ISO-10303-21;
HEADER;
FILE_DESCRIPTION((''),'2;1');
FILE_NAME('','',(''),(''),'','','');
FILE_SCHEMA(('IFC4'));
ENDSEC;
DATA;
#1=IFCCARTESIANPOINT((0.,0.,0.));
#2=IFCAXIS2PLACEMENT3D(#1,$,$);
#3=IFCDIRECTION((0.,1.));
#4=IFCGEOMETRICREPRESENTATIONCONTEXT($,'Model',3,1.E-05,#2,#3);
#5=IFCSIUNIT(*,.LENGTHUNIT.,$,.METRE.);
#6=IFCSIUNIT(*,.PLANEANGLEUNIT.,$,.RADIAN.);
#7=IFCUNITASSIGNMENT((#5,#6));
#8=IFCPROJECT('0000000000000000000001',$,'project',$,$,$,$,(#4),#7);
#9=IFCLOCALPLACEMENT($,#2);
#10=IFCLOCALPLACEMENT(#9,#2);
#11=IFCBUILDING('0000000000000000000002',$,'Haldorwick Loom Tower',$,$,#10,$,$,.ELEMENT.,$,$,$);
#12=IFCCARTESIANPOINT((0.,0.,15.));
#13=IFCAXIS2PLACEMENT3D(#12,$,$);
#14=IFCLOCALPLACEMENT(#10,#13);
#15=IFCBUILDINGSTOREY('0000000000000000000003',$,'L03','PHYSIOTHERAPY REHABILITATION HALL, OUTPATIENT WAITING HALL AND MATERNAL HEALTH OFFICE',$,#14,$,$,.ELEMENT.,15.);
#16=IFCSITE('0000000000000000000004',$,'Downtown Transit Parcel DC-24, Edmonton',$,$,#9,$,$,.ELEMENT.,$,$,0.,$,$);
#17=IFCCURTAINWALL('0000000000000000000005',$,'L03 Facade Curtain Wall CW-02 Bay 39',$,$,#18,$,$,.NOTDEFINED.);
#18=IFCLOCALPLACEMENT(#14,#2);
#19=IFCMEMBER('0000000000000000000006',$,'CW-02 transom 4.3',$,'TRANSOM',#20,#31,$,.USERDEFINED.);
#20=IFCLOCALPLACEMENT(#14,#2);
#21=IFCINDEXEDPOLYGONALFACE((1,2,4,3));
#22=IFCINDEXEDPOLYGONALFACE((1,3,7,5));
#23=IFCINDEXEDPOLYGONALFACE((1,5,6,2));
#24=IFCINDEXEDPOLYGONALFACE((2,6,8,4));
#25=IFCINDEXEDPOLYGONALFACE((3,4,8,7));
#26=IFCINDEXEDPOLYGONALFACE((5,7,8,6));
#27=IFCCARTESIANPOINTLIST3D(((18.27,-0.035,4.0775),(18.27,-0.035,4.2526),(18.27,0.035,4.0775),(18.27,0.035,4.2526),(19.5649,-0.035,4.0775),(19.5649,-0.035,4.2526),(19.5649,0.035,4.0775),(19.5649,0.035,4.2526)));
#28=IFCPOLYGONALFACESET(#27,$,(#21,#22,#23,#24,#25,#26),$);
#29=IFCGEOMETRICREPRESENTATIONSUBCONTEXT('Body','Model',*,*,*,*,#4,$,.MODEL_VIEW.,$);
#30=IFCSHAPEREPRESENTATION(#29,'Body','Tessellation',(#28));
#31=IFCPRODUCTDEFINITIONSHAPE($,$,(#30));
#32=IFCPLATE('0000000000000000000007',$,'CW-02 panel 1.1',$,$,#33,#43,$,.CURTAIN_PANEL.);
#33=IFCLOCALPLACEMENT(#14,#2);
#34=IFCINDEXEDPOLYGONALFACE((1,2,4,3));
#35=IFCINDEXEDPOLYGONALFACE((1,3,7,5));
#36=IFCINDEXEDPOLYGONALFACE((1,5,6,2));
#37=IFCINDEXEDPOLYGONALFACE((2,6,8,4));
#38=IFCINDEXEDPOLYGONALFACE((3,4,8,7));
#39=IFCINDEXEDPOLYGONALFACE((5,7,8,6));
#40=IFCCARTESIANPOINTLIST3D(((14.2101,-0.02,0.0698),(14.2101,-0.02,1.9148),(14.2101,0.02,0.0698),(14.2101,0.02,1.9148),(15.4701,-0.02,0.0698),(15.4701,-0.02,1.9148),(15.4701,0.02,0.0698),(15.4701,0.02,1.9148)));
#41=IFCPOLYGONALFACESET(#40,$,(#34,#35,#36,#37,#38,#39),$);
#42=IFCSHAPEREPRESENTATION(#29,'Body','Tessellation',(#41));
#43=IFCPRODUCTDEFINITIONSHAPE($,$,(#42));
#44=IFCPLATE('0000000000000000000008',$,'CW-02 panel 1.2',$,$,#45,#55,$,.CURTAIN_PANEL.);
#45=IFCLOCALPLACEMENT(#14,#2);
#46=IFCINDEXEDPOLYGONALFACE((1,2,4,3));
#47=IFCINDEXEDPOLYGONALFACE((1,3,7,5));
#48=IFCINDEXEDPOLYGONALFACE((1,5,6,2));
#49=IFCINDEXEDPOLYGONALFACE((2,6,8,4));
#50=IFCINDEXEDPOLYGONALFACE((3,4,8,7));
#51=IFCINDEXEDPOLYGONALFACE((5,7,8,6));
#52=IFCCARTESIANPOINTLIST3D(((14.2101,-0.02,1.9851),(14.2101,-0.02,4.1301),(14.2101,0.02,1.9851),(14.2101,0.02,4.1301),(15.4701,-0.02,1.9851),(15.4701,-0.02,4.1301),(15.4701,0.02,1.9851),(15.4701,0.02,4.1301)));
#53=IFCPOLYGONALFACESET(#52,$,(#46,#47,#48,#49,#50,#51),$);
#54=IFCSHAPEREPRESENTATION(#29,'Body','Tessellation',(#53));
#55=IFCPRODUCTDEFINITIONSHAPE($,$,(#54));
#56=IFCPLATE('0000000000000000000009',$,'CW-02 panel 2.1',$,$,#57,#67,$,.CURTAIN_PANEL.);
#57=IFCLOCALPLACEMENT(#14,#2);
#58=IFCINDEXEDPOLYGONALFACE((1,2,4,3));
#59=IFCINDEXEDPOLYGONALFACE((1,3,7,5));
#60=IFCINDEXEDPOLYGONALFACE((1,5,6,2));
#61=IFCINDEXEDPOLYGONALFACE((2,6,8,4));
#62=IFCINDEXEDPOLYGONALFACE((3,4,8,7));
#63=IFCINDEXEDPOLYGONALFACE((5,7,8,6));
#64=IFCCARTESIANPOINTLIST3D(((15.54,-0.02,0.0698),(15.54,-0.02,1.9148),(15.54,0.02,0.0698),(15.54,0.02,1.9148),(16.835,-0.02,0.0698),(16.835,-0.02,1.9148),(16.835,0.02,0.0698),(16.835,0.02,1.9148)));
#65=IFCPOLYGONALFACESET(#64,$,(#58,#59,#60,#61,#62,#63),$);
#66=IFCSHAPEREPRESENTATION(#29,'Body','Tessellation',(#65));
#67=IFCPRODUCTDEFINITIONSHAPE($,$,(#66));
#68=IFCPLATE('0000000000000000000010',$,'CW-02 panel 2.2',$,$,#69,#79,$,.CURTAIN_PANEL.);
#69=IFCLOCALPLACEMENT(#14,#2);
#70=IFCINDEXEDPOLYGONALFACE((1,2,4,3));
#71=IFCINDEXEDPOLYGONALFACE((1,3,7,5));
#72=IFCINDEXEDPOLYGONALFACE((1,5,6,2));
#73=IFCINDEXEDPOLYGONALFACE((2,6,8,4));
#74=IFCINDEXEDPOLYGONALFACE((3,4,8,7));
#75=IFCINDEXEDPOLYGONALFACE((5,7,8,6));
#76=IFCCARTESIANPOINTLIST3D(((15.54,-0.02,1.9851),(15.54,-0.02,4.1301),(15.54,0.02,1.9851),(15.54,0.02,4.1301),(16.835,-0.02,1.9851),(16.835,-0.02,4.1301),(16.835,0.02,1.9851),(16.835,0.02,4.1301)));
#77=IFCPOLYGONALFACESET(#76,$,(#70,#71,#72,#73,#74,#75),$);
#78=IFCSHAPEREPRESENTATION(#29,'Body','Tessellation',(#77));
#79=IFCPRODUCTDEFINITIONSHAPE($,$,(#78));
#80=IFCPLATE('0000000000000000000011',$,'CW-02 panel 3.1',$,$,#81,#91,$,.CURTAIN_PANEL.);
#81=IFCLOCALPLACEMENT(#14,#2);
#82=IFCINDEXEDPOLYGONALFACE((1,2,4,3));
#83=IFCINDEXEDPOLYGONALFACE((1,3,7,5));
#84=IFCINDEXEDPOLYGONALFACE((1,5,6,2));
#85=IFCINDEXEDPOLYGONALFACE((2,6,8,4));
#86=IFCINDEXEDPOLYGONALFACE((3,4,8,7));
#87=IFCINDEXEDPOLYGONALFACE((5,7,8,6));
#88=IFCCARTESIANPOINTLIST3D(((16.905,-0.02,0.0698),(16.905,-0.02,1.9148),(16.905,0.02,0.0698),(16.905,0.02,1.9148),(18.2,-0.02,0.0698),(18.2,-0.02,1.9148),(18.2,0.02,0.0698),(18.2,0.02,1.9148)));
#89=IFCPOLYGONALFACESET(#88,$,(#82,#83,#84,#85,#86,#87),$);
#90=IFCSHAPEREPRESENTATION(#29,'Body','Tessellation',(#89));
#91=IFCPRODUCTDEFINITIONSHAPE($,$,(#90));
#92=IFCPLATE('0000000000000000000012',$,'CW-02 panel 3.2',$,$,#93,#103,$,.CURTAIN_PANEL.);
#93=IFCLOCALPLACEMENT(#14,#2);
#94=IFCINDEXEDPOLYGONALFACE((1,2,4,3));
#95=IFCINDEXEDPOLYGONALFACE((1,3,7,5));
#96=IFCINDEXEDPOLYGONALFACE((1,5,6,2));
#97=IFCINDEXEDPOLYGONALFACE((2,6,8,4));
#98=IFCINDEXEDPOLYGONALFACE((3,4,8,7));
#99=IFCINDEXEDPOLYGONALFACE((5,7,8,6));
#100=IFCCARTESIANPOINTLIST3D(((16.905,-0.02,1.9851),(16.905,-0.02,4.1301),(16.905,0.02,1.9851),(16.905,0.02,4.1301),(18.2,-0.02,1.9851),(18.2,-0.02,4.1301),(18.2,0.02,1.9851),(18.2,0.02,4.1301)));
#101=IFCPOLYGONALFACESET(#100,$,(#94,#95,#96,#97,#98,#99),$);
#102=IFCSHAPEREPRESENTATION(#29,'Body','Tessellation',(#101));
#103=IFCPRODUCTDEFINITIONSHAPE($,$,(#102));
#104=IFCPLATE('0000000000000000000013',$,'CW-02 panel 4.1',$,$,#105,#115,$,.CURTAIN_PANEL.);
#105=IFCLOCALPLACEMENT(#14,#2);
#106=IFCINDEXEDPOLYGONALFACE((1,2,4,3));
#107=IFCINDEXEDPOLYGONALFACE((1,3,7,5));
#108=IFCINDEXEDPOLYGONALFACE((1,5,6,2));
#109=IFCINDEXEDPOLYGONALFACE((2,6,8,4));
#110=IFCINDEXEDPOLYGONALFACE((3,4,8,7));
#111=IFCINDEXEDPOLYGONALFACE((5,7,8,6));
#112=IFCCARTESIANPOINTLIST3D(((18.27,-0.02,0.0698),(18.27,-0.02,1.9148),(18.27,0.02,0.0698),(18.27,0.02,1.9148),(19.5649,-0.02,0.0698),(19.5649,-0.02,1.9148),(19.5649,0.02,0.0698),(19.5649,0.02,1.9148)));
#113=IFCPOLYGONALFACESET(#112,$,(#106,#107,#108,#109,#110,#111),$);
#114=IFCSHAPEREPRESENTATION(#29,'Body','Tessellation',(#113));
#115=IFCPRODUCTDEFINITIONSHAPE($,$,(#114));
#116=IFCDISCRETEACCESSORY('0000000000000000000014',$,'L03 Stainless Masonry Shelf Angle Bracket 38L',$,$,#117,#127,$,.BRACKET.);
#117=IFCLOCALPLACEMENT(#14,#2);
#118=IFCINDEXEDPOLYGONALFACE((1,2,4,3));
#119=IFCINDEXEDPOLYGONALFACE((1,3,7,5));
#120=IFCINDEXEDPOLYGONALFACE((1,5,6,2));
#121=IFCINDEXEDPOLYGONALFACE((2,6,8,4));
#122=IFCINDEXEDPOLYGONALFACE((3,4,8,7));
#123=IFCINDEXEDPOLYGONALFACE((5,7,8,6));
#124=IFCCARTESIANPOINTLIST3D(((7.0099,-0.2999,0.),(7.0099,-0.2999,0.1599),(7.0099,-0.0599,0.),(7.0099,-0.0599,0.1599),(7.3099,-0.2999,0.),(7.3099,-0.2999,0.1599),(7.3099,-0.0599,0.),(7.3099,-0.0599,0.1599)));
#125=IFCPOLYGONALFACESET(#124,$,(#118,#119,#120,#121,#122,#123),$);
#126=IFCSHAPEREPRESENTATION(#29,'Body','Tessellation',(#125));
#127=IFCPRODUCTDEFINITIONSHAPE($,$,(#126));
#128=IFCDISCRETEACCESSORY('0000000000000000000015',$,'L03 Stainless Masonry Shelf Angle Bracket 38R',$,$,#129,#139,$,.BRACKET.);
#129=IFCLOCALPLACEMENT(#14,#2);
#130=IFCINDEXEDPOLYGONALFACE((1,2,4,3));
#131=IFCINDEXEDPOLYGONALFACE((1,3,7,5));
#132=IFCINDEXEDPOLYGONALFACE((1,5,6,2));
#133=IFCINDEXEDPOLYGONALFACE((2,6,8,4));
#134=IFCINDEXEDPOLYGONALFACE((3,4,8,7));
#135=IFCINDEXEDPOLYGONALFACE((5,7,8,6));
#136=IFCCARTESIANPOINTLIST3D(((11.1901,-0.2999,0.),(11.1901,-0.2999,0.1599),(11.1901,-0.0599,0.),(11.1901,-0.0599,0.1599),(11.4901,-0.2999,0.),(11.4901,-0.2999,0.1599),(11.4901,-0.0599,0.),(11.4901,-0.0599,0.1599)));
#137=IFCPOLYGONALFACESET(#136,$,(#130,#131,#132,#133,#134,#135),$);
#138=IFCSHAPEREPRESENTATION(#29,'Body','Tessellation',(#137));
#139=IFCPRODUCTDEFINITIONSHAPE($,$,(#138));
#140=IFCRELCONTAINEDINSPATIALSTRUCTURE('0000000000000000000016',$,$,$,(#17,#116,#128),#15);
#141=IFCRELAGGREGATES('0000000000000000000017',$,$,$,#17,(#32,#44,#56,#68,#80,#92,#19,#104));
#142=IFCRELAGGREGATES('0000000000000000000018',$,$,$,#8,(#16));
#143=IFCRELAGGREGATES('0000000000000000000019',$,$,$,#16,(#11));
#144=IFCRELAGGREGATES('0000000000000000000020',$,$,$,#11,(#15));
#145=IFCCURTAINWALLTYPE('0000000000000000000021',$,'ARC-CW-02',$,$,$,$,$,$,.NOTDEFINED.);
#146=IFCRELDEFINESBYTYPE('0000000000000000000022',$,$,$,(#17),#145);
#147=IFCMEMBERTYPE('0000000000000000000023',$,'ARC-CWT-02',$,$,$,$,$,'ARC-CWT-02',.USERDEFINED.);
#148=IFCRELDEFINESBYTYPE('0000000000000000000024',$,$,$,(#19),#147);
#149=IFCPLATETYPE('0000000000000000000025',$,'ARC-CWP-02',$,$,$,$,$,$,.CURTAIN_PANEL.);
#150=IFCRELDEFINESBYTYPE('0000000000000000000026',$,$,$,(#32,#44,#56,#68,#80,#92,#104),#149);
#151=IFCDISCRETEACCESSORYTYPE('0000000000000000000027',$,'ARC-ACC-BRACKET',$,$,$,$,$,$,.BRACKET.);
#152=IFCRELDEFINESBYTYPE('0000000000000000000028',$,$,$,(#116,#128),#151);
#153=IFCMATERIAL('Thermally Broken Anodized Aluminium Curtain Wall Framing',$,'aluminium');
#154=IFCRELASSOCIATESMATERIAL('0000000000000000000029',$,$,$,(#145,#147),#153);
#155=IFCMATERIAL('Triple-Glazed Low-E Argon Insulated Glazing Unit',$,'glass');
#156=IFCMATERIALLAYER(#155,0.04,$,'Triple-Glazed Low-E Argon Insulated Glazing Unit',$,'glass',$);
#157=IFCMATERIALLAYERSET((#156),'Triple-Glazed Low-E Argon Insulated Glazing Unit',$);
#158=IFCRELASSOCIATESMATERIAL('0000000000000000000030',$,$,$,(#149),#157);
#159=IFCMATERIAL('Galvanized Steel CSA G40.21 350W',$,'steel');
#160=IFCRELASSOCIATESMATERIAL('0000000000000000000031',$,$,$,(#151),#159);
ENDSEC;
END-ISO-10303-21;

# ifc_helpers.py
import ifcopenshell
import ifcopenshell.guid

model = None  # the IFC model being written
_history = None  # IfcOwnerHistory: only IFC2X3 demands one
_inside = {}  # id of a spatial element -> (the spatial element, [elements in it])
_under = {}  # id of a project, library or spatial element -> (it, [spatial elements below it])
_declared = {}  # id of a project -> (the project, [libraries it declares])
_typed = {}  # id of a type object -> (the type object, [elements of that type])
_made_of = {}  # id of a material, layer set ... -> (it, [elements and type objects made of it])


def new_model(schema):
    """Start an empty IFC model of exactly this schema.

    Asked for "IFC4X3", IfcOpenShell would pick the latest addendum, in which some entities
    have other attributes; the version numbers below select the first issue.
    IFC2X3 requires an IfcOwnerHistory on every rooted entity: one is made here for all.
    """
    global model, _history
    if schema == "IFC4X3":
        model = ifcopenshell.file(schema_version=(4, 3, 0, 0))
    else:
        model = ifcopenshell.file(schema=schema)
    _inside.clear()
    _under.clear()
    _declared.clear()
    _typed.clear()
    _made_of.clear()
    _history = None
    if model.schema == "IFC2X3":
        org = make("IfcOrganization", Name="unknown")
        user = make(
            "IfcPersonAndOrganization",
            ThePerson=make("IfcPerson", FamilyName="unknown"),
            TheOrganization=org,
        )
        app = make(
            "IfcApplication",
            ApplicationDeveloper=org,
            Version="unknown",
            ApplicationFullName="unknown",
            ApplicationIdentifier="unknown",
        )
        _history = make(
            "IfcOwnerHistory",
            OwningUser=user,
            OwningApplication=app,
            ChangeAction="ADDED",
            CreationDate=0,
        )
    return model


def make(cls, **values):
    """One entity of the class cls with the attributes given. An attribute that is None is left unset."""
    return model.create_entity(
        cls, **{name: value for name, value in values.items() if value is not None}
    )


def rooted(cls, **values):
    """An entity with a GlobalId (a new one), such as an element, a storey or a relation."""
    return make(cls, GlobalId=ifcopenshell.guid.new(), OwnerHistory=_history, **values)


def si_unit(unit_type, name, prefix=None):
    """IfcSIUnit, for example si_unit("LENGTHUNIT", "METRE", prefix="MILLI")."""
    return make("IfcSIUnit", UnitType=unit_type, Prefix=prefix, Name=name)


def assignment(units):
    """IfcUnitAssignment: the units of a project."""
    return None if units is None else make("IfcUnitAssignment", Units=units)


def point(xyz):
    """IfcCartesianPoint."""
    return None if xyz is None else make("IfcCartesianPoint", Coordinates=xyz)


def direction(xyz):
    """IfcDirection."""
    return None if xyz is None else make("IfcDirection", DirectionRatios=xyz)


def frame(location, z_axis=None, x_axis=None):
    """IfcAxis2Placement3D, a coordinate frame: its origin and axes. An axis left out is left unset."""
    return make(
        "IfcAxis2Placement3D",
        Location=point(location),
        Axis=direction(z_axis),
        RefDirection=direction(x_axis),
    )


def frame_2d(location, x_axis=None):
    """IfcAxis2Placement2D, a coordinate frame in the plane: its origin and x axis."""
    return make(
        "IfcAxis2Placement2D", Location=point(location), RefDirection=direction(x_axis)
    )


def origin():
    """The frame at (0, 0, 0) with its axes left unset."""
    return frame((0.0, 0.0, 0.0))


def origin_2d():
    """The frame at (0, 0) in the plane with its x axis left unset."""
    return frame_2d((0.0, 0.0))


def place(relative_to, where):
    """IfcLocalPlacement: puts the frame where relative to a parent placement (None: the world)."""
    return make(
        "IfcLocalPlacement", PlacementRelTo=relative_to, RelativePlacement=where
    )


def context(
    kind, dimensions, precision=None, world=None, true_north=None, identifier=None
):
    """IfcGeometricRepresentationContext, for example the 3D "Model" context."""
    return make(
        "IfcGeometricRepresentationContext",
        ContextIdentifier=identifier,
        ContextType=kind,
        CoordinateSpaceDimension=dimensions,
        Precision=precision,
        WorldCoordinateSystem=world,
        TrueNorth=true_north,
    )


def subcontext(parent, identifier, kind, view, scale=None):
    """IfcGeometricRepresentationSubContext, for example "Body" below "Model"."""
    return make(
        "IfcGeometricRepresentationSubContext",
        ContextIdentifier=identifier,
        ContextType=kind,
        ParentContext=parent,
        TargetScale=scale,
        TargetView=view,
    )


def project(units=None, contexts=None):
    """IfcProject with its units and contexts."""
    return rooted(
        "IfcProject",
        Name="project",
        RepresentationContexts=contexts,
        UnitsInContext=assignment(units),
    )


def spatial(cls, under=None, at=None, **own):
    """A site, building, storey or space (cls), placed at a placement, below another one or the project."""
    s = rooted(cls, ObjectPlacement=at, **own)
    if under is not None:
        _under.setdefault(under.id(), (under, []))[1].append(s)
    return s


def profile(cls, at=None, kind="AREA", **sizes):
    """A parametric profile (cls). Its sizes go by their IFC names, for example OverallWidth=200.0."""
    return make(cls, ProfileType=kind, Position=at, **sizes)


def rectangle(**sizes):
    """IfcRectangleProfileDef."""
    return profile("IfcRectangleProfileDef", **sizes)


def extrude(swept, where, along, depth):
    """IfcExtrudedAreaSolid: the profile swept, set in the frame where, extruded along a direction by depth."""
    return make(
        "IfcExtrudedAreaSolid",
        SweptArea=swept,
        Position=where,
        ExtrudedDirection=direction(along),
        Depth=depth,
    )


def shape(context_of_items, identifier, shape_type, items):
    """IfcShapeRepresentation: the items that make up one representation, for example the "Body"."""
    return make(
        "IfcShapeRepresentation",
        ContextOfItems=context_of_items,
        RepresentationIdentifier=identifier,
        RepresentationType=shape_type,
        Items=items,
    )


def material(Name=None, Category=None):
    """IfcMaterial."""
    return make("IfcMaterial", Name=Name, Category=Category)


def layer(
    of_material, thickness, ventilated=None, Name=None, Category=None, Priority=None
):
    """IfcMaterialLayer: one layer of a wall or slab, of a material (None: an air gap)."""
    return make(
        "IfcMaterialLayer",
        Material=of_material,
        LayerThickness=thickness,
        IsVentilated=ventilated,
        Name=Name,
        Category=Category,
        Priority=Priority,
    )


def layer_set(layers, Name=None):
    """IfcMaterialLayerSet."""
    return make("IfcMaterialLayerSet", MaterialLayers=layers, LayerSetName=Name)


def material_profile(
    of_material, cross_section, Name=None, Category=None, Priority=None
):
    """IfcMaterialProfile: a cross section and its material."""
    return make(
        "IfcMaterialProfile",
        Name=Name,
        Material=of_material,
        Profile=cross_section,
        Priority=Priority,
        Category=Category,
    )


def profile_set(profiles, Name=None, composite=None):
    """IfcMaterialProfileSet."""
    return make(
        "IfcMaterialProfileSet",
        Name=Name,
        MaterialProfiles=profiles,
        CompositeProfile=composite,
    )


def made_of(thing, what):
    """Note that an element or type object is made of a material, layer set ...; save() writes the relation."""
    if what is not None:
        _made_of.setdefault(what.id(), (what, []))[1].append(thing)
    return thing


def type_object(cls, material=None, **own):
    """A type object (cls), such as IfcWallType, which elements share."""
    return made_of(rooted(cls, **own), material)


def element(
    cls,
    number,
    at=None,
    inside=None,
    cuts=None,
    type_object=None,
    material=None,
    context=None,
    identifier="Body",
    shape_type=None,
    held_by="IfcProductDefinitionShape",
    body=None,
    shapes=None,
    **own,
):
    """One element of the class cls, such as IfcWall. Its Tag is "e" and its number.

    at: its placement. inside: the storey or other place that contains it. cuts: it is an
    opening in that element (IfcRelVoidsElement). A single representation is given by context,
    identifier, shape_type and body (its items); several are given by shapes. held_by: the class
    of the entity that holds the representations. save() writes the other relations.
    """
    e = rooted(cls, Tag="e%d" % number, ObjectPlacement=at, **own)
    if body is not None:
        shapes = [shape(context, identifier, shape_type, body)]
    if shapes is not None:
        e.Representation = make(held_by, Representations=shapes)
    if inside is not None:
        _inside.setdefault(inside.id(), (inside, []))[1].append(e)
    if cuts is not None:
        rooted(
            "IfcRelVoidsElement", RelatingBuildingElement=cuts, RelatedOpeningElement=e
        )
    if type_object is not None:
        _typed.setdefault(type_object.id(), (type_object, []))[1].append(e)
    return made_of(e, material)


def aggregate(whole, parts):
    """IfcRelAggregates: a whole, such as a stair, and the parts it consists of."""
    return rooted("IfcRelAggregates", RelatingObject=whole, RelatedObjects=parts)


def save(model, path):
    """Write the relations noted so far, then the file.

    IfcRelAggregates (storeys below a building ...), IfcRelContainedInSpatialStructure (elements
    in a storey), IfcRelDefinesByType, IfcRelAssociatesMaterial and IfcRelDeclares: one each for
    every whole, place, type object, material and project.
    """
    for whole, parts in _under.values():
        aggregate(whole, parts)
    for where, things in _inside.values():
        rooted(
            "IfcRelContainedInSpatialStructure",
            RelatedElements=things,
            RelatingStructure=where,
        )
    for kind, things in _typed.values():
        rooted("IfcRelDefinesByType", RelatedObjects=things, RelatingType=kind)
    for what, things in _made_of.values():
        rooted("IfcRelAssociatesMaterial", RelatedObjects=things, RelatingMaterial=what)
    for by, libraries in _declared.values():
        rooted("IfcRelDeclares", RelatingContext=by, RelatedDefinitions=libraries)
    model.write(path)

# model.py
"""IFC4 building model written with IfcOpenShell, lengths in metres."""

from ifc_helpers import new_model, si_unit, direction, frame, origin, origin_2d, place, context, subcontext, project, spatial, rectangle, extrude, material, layer, layer_set, material_profile, profile_set, type_object, element, aggregate, save


model = new_model("IFC4")

# Units and contexts
model_context = context("Model", 3, precision=1e-05, world=origin(), true_north=direction((0.0, 1.0)))
body_context = subcontext(model_context, "Body", "Model", "MODEL_VIEW")
ifc_project = project(units=[si_unit("LENGTHUNIT", "METRE"), si_unit("PLANEANGLEUNIT", "RADIAN")], contexts=[model_context])

# Site, building, storey
site_placement = place(None, origin())
site = spatial("IfcSite", under=ifc_project, at=site_placement, Name="Downtown Transit Parcel DC-24, Edmonton", CompositionType="ELEMENT", RefElevation=0.0)
building_placement = place(site_placement, origin())
building = spatial("IfcBuilding", under=site, at=building_placement, Name="Haldorwick Loom Tower", CompositionType="ELEMENT")
storey_placement = place(building_placement, frame((0.0, 0.0, 15.0)))
storey = spatial("IfcBuildingStorey", under=building, at=storey_placement, Name="L03", Description="PHYSIOTHERAPY REHABILITATION HALL, OUTPATIENT WAITING HALL AND MATERNAL HEALTH OFFICE", CompositionType="ELEMENT", Elevation=15.0)

# Curtain wall, member, plates
ifc_material_1 = material(Name="Thermally Broken Anodized Aluminium Curtain Wall Framing", Category="aluminium")
curtain_wall_type = type_object("IfcCurtainWallType", Name="ARC-CW-02", PredefinedType="NOTDEFINED", material=ifc_material_1)
curtain_wall_placement = place(storey_placement, origin())
curtain_wall = element("IfcCurtainWall", 1, at=curtain_wall_placement, inside=storey, type_object=curtain_wall_type, Name="L03 Facade Curtain Wall CW-02 Bay 39", PredefinedType="NOTDEFINED")
ifc_material_profile_1 = material_profile(ifc_material_1, rectangle(XDim=0.0701, YDim=0.175, at=origin_2d()), Name="ALU_TRN_70X175", Category="aluminium")
ifc_profile_set_1 = profile_set([ifc_material_profile_1], Name="Thermally Broken Anodized Aluminium Curtain Wall Framing")
member_type_1 = type_object("IfcMemberType", Name="ARC-CWT-02", ElementType="ARC-CWT-02", PredefinedType="USERDEFINED", material=ifc_profile_set_1)
member_1_placement = place(storey_placement, frame((18.27, 0.0, 4.165), z_axis=(1.0, 0.0, 0.0), x_axis=(0.0, 1.0, 0.0)))
member_1 = element("IfcMember", 2, at=member_1_placement, type_object=member_type_1, Name="CW-02 transom 4.3", ObjectType="TRANSOM", PredefinedType="USERDEFINED", context=body_context, shape_type="SweptSolid", body=[
    extrude(rectangle(XDim=0.0701, YDim=0.175, at=origin_2d()), origin(), (0.0, 0.0, 1.0), 1.2949),
])
ifc_material_2 = material(Name="Triple-Glazed Low-E Argon Insulated Glazing Unit", Category="glass")
ifc_layer = layer(ifc_material_2, 0.04, Name="Triple-Glazed Low-E Argon Insulated Glazing Unit", Category="glass")
ifc_layer_set = layer_set([ifc_layer], Name="Triple-Glazed Low-E Argon Insulated Glazing Unit")
plate_type = type_object("IfcPlateType", Name="ARC-CWP-02", PredefinedType="CURTAIN_PANEL", material=ifc_layer_set)
plate_1_placement = place(storey_placement, frame((14.8401, 0.0, 0.0698), z_axis=(0.0, 0.0, 1.0), x_axis=(1.0, 0.0, 0.0)))
plate_1 = element("IfcPlate", 3, at=plate_1_placement, type_object=plate_type, Name="CW-02 panel 1.1", PredefinedType="CURTAIN_PANEL", context=body_context, shape_type="SweptSolid", body=[
    extrude(rectangle(XDim=1.26, YDim=0.04, at=origin_2d()), origin(), (0.0, 0.0, 1.0), 1.845),
])
plate_2_placement = place(storey_placement, frame((14.8401, 0.0, 1.9851), z_axis=(0.0, 0.0, 1.0), x_axis=(1.0, 0.0, 0.0)))
plate_2 = element("IfcPlate", 4, at=plate_2_placement, type_object=plate_type, Name="CW-02 panel 1.2", PredefinedType="CURTAIN_PANEL", context=body_context, shape_type="SweptSolid", body=[
    extrude(rectangle(XDim=1.26, YDim=0.04, at=origin_2d()), origin(), (0.0, 0.0, 1.0), 2.145),
])
plate_3_placement = place(storey_placement, frame((16.1875, 0.0, 0.0698), z_axis=(0.0, 0.0, 1.0), x_axis=(1.0, 0.0, 0.0)))
plate_3 = element("IfcPlate", 5, at=plate_3_placement, type_object=plate_type, Name="CW-02 panel 2.1", PredefinedType="CURTAIN_PANEL", context=body_context, shape_type="SweptSolid", body=[
    extrude(rectangle(XDim=1.2949, YDim=0.04, at=origin_2d()), origin(), (0.0, 0.0, 1.0), 1.845),
])
plate_4_placement = place(storey_placement, frame((16.1875, 0.0, 1.9851), z_axis=(0.0, 0.0, 1.0), x_axis=(1.0, 0.0, 0.0)))
plate_4 = element("IfcPlate", 6, at=plate_4_placement, type_object=plate_type, Name="CW-02 panel 2.2", PredefinedType="CURTAIN_PANEL", context=body_context, shape_type="SweptSolid", body=[
    extrude(rectangle(XDim=1.2949, YDim=0.04, at=origin_2d()), origin(), (0.0, 0.0, 1.0), 2.145),
])
plate_5_placement = place(storey_placement, frame((17.5525, 0.0, 0.0698), z_axis=(0.0, 0.0, 1.0), x_axis=(1.0, 0.0, 0.0)))
plate_5 = element("IfcPlate", 7, at=plate_5_placement, type_object=plate_type, Name="CW-02 panel 3.1", PredefinedType="CURTAIN_PANEL", context=body_context, shape_type="SweptSolid", body=[
    extrude(rectangle(XDim=1.2949, YDim=0.04, at=origin_2d()), origin(), (0.0, 0.0, 1.0), 1.845),
])
plate_6_placement = place(storey_placement, frame((17.5525, 0.0, 1.9851), z_axis=(0.0, 0.0, 1.0), x_axis=(1.0, 0.0, 0.0)))
plate_6 = element("IfcPlate", 8, at=plate_6_placement, type_object=plate_type, Name="CW-02 panel 3.2", PredefinedType="CURTAIN_PANEL", context=body_context, shape_type="SweptSolid", body=[
    extrude(rectangle(XDim=1.2949, YDim=0.04, at=origin_2d()), origin(), (0.0, 0.0, 1.0), 2.145),
])
plate_7_placement = place(storey_placement, frame((18.9175, 0.0, 0.0698), z_axis=(0.0, 0.0, 1.0), x_axis=(1.0, 0.0, 0.0)))
plate_7 = element("IfcPlate", 9, at=plate_7_placement, type_object=plate_type, Name="CW-02 panel 4.1", PredefinedType="CURTAIN_PANEL", context=body_context, shape_type="SweptSolid", body=[
    extrude(rectangle(XDim=1.2949, YDim=0.04, at=origin_2d()), origin(), (0.0, 0.0, 1.0), 1.845),
])
aggregate(curtain_wall, [plate_1, plate_2, plate_3, plate_4, plate_5, plate_6, member_1, plate_7])

# Discrete accessories
ifc_material_3 = material(Name="Galvanized Steel CSA G40.21 350W", Category="steel")
discrete_accessory_type = type_object("IfcDiscreteAccessoryType", Name="ARC-ACC-BRACKET", PredefinedType="BRACKET", material=ifc_material_3)
for number, where, z_axis, x_axis, name in (
    (10, (7.1599, -0.1799, 0.0), (0.0, 0.0, 1.0), (1.0, 0.0, 0.0), "L03 Stainless Masonry Shelf Angle Bracket 38L"),
    (11, (11.3401, -0.1799, 0.0), (0.0, 0.0, 1.0), (1.0, 0.0, 0.0), "L03 Stainless Masonry Shelf Angle Bracket 38R"),
):
    element("IfcDiscreteAccessory", number, at=place(storey_placement, frame(where, z_axis=z_axis, x_axis=x_axis)), inside=storey, type_object=discrete_accessory_type, Name=name, PredefinedType="BRACKET", context=body_context, shape_type="SweptSolid", body=[
        extrude(rectangle(XDim=0.3, YDim=0.24, at=origin_2d()), origin(), (0.0, 0.0, 1.0), 0.1599),
    ])

save(model, "model.ifc")
